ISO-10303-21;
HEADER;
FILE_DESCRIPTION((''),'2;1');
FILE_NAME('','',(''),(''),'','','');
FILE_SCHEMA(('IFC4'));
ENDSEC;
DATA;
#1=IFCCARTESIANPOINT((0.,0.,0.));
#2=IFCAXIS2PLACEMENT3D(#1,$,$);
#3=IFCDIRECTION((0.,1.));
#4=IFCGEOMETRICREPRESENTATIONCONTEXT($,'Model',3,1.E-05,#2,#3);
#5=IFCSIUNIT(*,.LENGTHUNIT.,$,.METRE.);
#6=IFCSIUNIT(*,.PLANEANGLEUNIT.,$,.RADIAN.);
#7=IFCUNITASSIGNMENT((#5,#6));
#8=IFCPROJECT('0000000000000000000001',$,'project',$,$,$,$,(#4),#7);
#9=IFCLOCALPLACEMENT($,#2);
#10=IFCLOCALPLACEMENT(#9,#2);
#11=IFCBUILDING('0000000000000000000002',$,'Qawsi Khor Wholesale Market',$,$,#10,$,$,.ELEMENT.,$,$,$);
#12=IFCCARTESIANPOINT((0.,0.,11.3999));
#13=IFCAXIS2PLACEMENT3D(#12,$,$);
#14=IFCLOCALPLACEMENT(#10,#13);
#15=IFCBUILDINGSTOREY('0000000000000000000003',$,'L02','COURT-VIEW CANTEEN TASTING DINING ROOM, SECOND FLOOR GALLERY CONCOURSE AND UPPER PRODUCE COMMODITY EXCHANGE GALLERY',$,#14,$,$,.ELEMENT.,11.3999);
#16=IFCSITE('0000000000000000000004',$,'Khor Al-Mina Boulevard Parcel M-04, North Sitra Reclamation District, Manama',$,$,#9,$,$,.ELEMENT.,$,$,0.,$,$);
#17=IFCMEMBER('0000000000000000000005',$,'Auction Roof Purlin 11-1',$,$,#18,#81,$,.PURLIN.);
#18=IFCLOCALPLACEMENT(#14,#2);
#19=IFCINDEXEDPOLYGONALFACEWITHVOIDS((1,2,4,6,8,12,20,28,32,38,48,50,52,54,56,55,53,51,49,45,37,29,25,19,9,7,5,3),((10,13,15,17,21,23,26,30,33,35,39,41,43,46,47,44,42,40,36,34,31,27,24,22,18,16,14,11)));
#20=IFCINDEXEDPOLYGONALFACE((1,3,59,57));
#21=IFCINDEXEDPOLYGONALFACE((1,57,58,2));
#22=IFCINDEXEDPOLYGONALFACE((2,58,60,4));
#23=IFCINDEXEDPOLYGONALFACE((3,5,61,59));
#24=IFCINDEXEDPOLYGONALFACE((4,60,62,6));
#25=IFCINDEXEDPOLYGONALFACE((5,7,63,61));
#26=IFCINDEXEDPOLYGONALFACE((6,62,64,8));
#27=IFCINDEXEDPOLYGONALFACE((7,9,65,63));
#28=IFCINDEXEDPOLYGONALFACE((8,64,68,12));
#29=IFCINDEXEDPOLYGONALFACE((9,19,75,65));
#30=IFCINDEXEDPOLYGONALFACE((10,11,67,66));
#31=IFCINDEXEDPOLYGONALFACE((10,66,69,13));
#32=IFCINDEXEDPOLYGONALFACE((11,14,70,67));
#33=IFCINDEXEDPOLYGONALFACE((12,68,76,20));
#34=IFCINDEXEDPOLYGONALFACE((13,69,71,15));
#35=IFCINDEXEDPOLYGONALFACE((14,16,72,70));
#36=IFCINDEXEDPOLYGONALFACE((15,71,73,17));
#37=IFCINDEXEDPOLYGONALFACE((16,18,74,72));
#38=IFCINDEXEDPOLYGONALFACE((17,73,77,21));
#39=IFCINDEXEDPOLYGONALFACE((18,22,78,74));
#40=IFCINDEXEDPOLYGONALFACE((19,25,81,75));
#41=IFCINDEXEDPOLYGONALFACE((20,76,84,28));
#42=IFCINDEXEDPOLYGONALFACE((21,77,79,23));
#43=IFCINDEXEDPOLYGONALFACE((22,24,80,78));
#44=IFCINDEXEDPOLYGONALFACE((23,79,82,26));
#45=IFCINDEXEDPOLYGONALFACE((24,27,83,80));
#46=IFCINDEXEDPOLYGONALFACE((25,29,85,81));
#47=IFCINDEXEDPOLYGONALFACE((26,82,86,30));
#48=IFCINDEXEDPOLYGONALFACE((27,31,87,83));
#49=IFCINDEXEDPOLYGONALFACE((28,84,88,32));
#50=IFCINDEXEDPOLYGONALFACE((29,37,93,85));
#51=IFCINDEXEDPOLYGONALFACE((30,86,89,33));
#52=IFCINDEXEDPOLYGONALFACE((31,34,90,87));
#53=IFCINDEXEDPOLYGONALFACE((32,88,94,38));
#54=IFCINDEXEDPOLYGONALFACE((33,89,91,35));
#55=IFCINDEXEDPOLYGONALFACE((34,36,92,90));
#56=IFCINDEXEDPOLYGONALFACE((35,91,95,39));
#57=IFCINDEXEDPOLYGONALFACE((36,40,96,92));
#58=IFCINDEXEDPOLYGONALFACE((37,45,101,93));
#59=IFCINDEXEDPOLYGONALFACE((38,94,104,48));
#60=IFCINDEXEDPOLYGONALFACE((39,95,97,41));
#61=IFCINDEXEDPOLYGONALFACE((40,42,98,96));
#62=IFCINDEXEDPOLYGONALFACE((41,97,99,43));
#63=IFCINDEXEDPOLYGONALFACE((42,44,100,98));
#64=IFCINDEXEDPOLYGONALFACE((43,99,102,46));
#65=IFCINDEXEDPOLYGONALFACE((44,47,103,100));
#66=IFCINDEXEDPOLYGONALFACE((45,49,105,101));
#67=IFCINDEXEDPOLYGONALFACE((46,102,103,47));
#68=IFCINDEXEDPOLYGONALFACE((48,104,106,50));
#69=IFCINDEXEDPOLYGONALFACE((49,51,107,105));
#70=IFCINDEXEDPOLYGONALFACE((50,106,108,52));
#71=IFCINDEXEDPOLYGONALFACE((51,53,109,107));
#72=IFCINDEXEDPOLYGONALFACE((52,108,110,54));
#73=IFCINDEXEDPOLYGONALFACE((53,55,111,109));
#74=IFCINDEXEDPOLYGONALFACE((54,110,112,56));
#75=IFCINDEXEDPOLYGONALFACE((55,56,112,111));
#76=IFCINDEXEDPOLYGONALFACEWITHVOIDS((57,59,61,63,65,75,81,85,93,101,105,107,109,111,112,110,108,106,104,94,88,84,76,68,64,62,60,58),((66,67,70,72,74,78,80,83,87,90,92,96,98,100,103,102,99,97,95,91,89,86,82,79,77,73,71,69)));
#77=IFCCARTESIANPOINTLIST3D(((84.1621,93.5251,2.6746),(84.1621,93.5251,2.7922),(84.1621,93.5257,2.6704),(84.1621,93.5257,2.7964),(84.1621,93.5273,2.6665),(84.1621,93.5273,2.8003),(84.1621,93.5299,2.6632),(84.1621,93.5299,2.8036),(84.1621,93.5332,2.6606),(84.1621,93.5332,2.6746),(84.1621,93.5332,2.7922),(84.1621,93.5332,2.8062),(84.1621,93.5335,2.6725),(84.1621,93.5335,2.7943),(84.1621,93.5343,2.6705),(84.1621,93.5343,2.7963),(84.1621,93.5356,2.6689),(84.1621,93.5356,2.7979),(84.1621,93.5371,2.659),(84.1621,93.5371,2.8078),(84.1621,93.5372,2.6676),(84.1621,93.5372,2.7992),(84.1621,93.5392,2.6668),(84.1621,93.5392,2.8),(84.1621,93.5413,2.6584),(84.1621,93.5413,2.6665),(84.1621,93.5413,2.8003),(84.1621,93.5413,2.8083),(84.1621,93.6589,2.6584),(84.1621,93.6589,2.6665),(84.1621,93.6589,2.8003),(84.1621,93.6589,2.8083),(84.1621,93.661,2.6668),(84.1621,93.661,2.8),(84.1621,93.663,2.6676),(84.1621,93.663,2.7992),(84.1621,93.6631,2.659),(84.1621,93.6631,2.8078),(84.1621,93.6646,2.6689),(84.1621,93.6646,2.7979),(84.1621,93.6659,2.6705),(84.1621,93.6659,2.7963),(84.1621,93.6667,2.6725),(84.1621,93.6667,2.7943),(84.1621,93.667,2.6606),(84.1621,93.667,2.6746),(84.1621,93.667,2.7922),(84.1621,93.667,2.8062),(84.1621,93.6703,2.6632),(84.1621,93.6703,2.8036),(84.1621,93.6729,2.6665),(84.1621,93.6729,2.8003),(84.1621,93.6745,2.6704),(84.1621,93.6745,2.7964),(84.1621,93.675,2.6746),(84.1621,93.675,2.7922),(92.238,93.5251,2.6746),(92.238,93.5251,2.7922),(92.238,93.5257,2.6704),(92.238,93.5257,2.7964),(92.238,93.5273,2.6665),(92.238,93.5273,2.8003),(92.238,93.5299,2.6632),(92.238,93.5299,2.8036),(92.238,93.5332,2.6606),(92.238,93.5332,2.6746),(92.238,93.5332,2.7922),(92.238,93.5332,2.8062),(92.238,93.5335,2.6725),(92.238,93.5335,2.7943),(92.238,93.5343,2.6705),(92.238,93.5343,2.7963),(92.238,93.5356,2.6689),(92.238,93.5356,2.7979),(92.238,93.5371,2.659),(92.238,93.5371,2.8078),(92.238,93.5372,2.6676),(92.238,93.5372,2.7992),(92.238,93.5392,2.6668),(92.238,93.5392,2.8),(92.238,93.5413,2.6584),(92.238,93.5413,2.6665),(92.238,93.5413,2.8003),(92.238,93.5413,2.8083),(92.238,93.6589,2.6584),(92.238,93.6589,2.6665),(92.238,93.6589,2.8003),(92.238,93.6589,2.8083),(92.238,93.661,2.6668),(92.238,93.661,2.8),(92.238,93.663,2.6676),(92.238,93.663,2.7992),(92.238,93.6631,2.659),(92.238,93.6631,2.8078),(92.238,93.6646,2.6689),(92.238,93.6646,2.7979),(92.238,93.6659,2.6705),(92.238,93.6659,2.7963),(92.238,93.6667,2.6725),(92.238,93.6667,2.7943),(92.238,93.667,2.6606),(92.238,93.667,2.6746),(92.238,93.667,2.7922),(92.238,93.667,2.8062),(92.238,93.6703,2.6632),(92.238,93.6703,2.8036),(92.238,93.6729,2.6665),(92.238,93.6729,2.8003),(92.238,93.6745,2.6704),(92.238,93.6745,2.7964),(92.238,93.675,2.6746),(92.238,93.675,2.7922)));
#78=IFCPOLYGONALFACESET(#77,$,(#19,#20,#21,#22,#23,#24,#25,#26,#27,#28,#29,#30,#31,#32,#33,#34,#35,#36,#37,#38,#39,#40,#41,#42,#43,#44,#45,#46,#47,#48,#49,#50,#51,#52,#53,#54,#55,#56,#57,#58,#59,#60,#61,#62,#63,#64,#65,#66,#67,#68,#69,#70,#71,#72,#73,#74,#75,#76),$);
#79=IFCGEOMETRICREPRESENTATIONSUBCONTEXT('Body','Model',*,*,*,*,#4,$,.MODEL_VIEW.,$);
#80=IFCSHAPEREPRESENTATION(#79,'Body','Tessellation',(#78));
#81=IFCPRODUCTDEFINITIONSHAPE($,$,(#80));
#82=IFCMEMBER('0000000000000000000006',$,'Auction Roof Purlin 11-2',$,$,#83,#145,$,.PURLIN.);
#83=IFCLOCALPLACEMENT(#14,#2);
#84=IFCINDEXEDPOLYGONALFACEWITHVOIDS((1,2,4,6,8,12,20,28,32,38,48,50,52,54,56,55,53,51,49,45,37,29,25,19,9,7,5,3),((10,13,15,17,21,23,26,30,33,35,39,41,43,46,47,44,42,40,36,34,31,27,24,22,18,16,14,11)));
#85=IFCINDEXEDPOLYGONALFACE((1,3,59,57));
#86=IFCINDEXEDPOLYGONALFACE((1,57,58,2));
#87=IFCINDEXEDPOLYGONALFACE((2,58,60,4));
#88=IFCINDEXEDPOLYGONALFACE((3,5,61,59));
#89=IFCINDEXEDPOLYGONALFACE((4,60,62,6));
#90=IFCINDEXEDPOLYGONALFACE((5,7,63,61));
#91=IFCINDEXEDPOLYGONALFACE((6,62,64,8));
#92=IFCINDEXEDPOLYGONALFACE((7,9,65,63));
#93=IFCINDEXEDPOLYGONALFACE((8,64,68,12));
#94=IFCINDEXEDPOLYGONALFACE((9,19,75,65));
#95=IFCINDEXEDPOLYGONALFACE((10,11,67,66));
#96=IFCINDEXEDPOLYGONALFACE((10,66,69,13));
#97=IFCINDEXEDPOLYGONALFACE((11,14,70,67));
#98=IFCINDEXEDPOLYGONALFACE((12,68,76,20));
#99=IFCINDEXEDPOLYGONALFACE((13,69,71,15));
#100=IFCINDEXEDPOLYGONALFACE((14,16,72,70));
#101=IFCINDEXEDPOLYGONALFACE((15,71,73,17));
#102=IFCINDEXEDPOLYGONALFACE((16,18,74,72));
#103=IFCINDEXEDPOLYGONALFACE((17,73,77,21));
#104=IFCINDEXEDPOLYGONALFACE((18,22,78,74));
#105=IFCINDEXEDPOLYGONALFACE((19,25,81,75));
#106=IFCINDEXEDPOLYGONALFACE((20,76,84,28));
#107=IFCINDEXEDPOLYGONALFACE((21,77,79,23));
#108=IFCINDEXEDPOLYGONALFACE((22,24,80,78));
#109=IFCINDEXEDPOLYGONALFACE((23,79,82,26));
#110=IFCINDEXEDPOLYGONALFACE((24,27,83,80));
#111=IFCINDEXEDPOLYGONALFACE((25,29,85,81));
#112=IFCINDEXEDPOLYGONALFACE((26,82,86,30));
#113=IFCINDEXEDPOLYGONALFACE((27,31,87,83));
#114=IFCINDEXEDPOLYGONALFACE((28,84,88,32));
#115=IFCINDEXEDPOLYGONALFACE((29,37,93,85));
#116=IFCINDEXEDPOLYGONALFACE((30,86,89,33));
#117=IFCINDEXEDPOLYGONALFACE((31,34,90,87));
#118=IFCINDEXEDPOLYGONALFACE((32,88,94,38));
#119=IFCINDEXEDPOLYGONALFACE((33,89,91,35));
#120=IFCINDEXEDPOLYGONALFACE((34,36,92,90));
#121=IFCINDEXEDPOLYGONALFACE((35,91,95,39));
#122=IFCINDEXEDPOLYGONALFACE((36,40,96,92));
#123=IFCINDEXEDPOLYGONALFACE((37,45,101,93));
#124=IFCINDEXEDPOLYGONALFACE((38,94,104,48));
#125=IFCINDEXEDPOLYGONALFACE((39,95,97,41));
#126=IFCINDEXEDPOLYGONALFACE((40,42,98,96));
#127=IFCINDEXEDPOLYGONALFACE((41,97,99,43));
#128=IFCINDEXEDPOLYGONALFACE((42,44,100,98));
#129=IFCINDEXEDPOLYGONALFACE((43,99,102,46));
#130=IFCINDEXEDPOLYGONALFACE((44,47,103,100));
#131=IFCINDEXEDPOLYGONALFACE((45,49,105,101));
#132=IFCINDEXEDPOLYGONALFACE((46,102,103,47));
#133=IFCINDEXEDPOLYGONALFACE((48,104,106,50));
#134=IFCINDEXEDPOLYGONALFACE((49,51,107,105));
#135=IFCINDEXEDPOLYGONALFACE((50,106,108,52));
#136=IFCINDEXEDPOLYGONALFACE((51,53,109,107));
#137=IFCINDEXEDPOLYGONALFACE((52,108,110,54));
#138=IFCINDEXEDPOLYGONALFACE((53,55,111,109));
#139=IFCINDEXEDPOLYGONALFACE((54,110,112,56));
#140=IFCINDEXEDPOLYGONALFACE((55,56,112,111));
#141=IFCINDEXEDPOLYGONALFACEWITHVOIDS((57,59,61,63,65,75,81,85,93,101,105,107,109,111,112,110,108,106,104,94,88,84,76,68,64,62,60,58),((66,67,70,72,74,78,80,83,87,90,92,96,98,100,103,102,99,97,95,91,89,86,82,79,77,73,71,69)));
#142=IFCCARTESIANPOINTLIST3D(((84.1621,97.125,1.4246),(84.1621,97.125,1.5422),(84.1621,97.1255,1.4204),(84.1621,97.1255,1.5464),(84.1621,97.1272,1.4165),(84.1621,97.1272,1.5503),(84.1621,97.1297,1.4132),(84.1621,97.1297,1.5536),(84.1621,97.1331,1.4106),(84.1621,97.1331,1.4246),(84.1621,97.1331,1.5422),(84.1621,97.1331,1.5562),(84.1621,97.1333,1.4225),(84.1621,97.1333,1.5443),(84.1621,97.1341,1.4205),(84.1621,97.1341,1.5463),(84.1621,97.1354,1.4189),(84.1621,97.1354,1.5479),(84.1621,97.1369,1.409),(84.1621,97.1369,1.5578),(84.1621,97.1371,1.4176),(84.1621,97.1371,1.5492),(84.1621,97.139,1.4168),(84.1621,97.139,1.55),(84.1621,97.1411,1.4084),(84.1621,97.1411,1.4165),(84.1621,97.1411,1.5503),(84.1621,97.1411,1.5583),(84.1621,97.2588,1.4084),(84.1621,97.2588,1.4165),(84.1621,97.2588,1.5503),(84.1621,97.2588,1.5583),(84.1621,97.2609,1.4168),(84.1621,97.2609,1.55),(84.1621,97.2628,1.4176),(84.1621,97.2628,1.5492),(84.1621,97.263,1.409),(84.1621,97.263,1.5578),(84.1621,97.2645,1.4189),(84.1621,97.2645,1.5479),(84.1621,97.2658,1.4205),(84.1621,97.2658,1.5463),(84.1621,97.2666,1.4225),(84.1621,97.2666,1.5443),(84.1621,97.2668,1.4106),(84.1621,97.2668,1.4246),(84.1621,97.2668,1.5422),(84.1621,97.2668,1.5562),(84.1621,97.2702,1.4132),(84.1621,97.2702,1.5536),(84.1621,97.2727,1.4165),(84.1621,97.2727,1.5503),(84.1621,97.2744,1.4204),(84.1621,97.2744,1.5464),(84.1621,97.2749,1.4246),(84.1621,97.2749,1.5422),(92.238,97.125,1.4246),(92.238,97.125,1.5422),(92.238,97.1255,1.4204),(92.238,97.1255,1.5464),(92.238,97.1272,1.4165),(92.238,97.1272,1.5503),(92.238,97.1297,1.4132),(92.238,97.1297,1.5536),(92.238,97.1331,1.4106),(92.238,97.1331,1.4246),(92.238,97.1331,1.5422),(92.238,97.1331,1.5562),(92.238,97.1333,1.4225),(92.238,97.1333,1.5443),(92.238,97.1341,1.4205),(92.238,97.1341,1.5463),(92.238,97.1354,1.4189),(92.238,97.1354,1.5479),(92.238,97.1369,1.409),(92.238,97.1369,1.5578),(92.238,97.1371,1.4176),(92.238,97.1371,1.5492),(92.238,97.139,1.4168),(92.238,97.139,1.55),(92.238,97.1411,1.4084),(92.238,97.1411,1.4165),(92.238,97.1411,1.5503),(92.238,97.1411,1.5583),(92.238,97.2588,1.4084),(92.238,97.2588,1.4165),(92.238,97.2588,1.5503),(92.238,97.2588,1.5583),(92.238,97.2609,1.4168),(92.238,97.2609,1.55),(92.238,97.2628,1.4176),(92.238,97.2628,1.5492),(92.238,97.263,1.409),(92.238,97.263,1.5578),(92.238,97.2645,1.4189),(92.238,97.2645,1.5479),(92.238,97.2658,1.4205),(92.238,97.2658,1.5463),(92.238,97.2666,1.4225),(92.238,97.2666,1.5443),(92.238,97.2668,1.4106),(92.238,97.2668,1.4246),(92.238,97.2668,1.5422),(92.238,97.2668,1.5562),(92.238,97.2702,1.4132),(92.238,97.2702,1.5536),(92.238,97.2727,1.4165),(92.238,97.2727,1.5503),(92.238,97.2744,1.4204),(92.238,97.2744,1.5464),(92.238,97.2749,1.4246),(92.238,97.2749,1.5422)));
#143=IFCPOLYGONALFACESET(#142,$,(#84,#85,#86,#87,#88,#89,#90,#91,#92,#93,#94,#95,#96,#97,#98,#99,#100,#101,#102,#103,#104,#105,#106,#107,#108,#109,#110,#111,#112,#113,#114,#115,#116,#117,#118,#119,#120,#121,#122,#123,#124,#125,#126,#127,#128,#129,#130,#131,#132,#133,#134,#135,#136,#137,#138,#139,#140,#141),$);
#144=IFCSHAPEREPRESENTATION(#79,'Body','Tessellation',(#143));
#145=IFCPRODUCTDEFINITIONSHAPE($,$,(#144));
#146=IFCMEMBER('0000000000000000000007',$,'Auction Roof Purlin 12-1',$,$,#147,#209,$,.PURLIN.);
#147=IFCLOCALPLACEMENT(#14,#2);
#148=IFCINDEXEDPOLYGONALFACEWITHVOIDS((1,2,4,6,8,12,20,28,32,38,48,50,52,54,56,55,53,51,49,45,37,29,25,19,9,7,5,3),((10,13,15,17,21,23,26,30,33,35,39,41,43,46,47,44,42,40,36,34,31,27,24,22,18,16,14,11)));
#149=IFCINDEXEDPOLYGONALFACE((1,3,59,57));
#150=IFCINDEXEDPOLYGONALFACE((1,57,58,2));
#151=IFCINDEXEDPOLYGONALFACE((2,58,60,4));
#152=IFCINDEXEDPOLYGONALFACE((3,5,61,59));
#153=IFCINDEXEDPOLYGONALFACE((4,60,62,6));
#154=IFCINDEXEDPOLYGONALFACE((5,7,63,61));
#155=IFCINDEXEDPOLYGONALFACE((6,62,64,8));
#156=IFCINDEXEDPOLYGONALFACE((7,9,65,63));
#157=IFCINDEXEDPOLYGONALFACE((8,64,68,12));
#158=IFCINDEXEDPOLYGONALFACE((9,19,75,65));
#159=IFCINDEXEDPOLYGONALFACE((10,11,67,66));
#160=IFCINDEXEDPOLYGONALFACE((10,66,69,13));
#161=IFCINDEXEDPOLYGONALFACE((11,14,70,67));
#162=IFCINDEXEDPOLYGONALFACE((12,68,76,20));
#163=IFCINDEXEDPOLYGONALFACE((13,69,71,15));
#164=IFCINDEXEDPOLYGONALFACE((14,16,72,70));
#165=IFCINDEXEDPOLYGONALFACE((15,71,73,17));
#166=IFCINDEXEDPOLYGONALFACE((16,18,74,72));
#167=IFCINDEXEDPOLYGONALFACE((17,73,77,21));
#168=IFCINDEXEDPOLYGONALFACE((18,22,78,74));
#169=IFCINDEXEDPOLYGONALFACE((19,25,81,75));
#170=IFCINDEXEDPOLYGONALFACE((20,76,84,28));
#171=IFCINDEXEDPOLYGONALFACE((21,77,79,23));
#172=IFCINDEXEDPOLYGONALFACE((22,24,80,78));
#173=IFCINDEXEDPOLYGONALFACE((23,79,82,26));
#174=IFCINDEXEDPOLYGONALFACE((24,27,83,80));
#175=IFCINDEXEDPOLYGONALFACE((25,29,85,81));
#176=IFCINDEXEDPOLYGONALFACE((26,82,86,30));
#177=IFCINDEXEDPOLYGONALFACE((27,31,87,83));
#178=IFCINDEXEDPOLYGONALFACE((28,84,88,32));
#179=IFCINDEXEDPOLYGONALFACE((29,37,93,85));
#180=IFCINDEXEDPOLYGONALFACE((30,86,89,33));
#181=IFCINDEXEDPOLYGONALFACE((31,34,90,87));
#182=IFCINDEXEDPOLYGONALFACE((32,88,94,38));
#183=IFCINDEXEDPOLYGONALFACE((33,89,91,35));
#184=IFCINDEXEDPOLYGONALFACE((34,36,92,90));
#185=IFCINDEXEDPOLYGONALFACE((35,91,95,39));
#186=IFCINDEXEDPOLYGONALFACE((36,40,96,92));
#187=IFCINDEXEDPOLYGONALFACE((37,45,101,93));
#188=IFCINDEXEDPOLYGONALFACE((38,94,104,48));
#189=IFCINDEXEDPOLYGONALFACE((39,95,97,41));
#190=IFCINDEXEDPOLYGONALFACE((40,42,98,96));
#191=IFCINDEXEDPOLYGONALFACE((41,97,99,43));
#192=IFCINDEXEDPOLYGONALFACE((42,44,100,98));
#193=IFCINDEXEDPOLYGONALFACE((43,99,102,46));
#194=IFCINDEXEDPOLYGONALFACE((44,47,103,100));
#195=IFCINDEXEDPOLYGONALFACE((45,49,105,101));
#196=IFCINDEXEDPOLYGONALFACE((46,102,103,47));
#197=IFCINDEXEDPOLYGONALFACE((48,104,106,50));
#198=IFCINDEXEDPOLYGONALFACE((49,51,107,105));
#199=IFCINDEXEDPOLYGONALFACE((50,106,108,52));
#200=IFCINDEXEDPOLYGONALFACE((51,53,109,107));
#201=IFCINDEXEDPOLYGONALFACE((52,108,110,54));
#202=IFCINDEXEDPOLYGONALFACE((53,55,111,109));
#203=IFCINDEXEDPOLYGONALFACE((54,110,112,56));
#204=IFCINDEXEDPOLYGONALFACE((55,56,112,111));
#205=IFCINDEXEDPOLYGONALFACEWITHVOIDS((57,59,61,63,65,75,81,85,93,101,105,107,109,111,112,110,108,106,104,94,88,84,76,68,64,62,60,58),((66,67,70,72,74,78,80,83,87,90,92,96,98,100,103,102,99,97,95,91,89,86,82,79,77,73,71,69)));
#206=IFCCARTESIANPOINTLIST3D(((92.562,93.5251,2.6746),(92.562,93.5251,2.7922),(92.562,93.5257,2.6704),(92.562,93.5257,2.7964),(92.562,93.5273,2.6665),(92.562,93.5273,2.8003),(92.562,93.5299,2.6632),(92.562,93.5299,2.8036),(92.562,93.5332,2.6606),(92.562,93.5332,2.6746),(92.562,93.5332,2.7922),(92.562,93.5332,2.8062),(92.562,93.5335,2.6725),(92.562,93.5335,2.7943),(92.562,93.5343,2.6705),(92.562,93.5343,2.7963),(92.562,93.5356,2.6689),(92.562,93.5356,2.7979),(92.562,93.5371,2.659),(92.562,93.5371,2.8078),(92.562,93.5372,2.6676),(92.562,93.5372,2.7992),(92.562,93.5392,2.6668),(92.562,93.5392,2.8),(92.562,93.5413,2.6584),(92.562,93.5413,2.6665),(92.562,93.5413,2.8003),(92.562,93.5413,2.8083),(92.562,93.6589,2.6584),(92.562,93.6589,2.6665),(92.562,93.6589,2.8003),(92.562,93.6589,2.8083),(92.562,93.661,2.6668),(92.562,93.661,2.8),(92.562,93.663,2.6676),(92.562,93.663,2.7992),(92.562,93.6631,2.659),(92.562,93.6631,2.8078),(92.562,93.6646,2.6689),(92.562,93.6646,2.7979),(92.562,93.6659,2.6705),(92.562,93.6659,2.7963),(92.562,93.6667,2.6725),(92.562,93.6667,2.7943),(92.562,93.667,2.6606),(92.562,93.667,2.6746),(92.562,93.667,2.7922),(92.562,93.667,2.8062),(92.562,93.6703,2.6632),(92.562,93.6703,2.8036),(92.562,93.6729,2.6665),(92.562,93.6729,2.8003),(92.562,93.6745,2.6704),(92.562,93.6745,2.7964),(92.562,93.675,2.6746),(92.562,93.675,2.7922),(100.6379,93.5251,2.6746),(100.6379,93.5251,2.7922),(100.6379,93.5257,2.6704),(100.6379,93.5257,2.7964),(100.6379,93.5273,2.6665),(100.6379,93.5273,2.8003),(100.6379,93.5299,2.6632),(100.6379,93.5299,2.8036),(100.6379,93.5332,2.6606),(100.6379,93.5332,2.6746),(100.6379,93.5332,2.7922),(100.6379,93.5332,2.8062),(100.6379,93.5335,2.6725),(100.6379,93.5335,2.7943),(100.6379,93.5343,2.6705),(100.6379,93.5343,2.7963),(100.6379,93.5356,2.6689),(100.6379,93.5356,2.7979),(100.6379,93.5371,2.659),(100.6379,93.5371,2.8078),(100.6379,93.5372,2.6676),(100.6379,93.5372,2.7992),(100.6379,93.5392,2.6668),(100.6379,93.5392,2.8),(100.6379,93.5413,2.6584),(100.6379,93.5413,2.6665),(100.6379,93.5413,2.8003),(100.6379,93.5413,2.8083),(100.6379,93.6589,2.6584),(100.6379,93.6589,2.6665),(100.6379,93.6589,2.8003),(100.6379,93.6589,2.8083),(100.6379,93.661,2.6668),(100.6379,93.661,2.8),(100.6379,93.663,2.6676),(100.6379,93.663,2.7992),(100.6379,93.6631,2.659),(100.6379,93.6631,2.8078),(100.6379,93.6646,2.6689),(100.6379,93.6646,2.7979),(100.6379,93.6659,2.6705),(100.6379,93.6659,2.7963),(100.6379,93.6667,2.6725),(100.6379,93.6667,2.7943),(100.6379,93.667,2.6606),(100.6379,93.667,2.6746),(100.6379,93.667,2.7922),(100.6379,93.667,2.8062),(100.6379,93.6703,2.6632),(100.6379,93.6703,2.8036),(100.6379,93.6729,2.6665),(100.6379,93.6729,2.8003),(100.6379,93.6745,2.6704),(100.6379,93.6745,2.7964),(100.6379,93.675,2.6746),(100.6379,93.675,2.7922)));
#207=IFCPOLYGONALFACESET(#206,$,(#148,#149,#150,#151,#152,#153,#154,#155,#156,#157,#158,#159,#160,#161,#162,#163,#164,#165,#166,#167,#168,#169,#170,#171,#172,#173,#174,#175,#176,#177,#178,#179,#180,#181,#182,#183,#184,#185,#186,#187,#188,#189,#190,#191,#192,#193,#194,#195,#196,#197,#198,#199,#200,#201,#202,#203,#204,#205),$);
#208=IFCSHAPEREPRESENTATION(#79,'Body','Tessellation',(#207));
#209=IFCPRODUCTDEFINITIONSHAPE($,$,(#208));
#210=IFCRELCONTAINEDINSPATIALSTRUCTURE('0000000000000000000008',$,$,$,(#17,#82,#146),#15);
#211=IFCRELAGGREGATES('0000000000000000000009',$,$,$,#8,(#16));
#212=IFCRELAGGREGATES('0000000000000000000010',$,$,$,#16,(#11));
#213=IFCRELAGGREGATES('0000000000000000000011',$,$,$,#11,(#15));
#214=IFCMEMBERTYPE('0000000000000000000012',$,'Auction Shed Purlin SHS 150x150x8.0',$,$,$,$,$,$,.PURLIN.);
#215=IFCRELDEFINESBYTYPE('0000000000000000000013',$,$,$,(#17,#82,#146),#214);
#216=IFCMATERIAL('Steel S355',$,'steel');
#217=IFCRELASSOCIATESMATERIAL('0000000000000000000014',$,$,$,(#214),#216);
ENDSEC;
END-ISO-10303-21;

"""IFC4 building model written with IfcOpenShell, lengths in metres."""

from ifc_helpers import new_model, si_unit, direction, frame, origin, origin_2d, place, context, subcontext, project, spatial, hollow_rectangle, extrude, material, material_profile, profile_set, type_object, element, save


model = new_model("IFC4")

# Units and contexts
model_context = context("Model", 3, precision=1e-05, world=origin(), true_north=direction((0.0, 1.0)))
body_context = subcontext(model_context, "Body", "Model", "MODEL_VIEW")
ifc_project = project(units=[si_unit("LENGTHUNIT", "METRE"), si_unit("PLANEANGLEUNIT", "RADIAN")], contexts=[model_context])

# Site, building, storey
site_placement = place(None, origin())
site = spatial("IfcSite", under=ifc_project, at=site_placement, Name="Khor Al-Mina Boulevard Parcel M-04, North Sitra Reclamation District, Manama", CompositionType="ELEMENT", RefElevation=0.0)
building_placement = place(site_placement, origin())
building = spatial("IfcBuilding", under=site, at=building_placement, Name="Qawsi Khor Wholesale Market", CompositionType="ELEMENT")
storey_placement = place(building_placement, frame((0.0, 0.0, 11.3999)))
storey = spatial("IfcBuildingStorey", under=building, at=storey_placement, Name="L02", Description="COURT-VIEW CANTEEN TASTING DINING ROOM, SECOND FLOOR GALLERY CONCOURSE AND UPPER PRODUCE COMMODITY EXCHANGE GALLERY", CompositionType="ELEMENT", Elevation=11.3999)

# Members
ifc_material_1 = material(Name="Steel S355", Category="steel")
ifc_material_profile_1 = material_profile(ifc_material_1, hollow_rectangle(XDim=0.1499, YDim=0.1499, WallThickness=0.0081, InnerFilletRadius=0.0081, OuterFilletRadius=0.0161, at=origin_2d()), Name="SHS 150x150x8.0")
ifc_profile_set_1 = profile_set([ifc_material_profile_1], Name="Steel S355")
member_type = type_object("IfcMemberType", Name="Auction Shed Purlin SHS 150x150x8.0", PredefinedType="PURLIN", material=ifc_profile_set_1)
for number, where, z_axis, x_axis, name in (
    (1, (84.1621, 93.6001, 2.7334), (1.0, 0.0, 0.0), (0.0, 1.0, 0.0), "Auction Roof Purlin 11-1"),
    (2, (84.1621, 97.2, 1.4834), (1.0, 0.0, 0.0), (0.0, 1.0, 0.0), "Auction Roof Purlin 11-2"),
    (3, (92.562, 93.6001, 2.7334), (1.0, 0.0, 0.0), (0.0, 1.0, 0.0), "Auction Roof Purlin 12-1"),
):
    element("IfcMember", number, at=place(storey_placement, frame(where, z_axis=z_axis, x_axis=x_axis)), inside=storey, type_object=member_type, Name=name, PredefinedType="PURLIN", context=body_context, shape_type="SweptSolid", body=[
        extrude(hollow_rectangle(XDim=0.1499, YDim=0.1499, WallThickness=0.0081, InnerFilletRadius=0.0081, OuterFilletRadius=0.0161, at=origin_2d()), origin(), (0.0, 0.0, 1.0), 8.0759),
    ])

save(model, "model.ifc")
